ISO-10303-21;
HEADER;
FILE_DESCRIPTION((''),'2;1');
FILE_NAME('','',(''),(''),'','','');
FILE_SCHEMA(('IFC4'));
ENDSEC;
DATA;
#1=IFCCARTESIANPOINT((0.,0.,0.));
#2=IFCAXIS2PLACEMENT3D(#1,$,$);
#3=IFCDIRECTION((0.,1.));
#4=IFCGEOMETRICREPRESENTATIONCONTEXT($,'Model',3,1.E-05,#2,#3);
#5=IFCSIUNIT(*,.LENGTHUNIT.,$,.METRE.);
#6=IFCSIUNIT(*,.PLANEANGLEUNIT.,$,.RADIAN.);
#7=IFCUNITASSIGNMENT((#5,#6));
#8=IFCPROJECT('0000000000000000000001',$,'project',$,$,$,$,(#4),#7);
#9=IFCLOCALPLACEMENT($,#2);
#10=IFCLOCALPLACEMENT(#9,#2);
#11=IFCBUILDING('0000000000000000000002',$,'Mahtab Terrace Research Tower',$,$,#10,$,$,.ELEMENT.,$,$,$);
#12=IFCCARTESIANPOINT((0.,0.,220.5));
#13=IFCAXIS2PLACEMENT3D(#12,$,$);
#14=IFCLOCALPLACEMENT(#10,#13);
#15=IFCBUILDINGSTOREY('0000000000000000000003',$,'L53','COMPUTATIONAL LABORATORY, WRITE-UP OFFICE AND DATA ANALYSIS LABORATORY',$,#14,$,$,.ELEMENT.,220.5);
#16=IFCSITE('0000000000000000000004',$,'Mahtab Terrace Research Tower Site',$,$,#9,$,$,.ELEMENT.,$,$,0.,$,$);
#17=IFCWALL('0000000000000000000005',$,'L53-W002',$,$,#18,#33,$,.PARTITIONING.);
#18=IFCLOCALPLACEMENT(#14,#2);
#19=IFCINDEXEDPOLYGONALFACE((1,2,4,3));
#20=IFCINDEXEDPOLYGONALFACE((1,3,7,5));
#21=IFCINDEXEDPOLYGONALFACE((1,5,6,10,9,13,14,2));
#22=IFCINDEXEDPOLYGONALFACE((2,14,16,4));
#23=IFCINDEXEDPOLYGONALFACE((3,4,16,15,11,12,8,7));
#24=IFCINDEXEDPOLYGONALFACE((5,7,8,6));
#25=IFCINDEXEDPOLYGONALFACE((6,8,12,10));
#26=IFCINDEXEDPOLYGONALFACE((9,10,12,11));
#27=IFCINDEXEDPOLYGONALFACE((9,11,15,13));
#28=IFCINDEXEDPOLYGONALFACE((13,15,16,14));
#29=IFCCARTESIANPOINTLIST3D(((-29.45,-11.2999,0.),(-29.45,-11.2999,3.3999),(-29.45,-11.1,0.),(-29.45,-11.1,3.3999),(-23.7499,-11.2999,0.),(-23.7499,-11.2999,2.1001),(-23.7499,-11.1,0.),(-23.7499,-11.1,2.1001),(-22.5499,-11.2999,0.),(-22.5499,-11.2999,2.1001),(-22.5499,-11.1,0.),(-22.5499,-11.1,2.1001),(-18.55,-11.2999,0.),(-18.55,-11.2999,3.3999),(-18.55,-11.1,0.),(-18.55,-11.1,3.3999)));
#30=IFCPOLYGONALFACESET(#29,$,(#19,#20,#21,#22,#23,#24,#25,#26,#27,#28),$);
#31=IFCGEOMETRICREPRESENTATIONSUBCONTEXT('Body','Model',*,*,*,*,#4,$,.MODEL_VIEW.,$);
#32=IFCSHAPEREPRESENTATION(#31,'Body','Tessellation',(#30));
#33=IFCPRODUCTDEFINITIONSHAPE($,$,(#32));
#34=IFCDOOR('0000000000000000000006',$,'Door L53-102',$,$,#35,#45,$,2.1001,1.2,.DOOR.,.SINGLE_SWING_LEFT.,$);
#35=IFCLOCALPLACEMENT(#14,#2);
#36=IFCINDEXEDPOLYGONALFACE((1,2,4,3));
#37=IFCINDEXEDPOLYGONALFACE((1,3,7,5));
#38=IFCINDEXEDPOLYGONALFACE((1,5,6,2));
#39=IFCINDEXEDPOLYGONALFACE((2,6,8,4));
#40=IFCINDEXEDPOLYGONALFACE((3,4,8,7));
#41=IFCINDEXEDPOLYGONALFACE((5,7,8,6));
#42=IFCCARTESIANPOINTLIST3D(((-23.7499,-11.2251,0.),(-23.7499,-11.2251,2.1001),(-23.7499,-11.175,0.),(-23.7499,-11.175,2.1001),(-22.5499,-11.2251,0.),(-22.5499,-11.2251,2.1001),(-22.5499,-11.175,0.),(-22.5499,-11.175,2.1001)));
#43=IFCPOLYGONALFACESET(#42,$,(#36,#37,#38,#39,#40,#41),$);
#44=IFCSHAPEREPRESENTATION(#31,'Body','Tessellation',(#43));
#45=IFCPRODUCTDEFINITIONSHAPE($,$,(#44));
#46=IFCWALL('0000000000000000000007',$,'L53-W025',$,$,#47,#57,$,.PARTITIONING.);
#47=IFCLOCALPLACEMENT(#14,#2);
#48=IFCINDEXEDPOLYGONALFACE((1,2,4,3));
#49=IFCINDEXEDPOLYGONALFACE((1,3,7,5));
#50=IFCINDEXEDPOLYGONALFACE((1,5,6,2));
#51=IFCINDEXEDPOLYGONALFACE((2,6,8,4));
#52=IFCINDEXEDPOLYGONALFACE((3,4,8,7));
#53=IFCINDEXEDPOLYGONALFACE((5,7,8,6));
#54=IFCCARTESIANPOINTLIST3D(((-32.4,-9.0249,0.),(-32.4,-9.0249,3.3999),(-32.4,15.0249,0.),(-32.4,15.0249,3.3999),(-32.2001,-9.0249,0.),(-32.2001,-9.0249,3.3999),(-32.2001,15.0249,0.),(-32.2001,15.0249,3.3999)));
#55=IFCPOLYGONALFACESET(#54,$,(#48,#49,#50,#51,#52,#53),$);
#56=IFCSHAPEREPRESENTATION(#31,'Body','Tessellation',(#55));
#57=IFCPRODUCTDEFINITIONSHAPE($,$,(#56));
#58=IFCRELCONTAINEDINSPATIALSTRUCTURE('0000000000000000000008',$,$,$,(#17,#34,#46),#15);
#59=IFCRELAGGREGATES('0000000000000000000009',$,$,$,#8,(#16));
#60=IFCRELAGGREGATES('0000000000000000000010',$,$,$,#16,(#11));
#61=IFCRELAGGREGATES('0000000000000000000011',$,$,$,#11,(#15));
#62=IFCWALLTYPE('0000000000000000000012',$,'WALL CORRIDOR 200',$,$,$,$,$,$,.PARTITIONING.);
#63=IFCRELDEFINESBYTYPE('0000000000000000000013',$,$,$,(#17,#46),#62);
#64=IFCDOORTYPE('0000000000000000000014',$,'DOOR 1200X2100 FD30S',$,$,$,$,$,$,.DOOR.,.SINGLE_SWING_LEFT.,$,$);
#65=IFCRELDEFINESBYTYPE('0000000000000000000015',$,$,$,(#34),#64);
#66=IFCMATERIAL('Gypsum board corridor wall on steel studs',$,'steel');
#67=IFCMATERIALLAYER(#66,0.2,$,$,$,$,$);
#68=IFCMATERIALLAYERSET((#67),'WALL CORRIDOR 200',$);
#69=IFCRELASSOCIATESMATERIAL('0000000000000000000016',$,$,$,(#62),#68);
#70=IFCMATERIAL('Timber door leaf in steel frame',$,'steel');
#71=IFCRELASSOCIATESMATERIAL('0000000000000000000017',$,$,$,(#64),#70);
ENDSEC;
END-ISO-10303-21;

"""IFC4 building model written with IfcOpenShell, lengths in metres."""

from ifc_helpers import new_model, si_unit, direction, frame, frame_2d, origin, place, context, subcontext, project, spatial, rectangle, extrude, material, layer, layer_set, type_object, element, fill, save


model = new_model("IFC4")

# Units and contexts
model_context = context("Model", 3, precision=1e-05, world=origin(), true_north=direction((0.0, 1.0)))
body_context = subcontext(model_context, "Body", "Model", "MODEL_VIEW")
ifc_project = project(units=[si_unit("LENGTHUNIT", "METRE"), si_unit("PLANEANGLEUNIT", "RADIAN")], contexts=[model_context])

# Site, building, storey
site_placement = place(None, origin())
site = spatial("IfcSite", under=ifc_project, at=site_placement, Name="Mahtab Terrace Research Tower Site", CompositionType="ELEMENT", RefElevation=0.0)
building_placement = place(site_placement, origin())
building = spatial("IfcBuilding", under=site, at=building_placement, Name="Mahtab Terrace Research Tower", CompositionType="ELEMENT")
storey_placement = place(building_placement, frame((0.0, 0.0, 220.5)))
storey = spatial("IfcBuildingStorey", under=building, at=storey_placement, Name="L53", Description="COMPUTATIONAL LABORATORY, WRITE-UP OFFICE AND DATA ANALYSIS LABORATORY", CompositionType="ELEMENT", Elevation=220.5)

# Wall, opening, door
ifc_material_1 = material(Name="Gypsum board corridor wall on steel studs", Category="steel")
ifc_layer_1 = layer(ifc_material_1, 0.2)
ifc_layer_set_1 = layer_set([ifc_layer_1], Name="WALL CORRIDOR 200")
wall_type_1 = type_object("IfcWallType", Name="WALL CORRIDOR 200", PredefinedType="PARTITIONING", material=ifc_layer_set_1)
wall_1_placement = place(storey_placement, frame((-29.45, -11.2, 0.0), z_axis=(0.0, 0.0, 1.0), x_axis=(1.0, 0.0, 0.0)))
wall_1 = element("IfcWall", 1, at=wall_1_placement, inside=storey, type_object=wall_type_1, Name="L53-W002", PredefinedType="PARTITIONING", context=body_context, shape_type="SweptSolid", body=[
    extrude(rectangle(XDim=10.8999, YDim=0.2, at=frame_2d((5.45, 0.0))), origin(), (0.0, 0.0, 1.0), 3.3999),
])
opening_1_placement = place(wall_1_placement, frame((5.7, 0.0, 0.0)))
opening_1 = element("IfcOpeningElement", 2, at=opening_1_placement, cuts=wall_1, PredefinedType="OPENING", context=body_context, shape_type="SweptSolid", body=[
    extrude(rectangle(XDim=1.2, YDim=2.1001, at=frame_2d((0.6001, 1.05))), frame((0.0, 0.1099, 0.0), z_axis=(0.0, -1.0, 0.0), x_axis=(1.0, 0.0, 0.0)), (0.0, 0.0, 1.0), 0.22),
])
ifc_material_2 = material(Name="Timber door leaf in steel frame", Category="steel")
door_type_1 = type_object("IfcDoorType", Name="DOOR 1200X2100 FD30S", OperationType="SINGLE_SWING_LEFT", PredefinedType="DOOR", material=ifc_material_2)
door_1_placement = place(opening_1_placement, origin())
door_1 = element("IfcDoor", 3, at=door_1_placement, inside=storey, type_object=door_type_1, Name="Door L53-102", OperationType="SINGLE_SWING_LEFT", OverallHeight=2.1001, OverallWidth=1.2, PredefinedType="DOOR", context=body_context, shape_type="SweptSolid", body=[
    extrude(rectangle(XDim=1.2, YDim=2.1001, at=frame_2d((0.6001, 1.05))), frame((0.0, 0.0249, 0.0), z_axis=(0.0, -1.0, 0.0), x_axis=(1.0, 0.0, 0.0)), (0.0, 0.0, 1.0), 0.05),
])
fill(opening_1, door_1)

# Wall
wall_2_placement = place(storey_placement, frame((-32.3, -9.0249, 0.0), z_axis=(0.0, 0.0, 1.0), x_axis=(0.0, 1.0, 0.0)))
element("IfcWall", 4, at=wall_2_placement, inside=storey, type_object=wall_type_1, Name="L53-W025", PredefinedType="PARTITIONING", context=body_context, shape_type="SweptSolid", body=[
    extrude(rectangle(XDim=24.0498, YDim=0.2, at=frame_2d((12.0249, 0.0))), origin(), (0.0, 0.0, 1.0), 3.3999),
])

save(model, "model.ifc")
